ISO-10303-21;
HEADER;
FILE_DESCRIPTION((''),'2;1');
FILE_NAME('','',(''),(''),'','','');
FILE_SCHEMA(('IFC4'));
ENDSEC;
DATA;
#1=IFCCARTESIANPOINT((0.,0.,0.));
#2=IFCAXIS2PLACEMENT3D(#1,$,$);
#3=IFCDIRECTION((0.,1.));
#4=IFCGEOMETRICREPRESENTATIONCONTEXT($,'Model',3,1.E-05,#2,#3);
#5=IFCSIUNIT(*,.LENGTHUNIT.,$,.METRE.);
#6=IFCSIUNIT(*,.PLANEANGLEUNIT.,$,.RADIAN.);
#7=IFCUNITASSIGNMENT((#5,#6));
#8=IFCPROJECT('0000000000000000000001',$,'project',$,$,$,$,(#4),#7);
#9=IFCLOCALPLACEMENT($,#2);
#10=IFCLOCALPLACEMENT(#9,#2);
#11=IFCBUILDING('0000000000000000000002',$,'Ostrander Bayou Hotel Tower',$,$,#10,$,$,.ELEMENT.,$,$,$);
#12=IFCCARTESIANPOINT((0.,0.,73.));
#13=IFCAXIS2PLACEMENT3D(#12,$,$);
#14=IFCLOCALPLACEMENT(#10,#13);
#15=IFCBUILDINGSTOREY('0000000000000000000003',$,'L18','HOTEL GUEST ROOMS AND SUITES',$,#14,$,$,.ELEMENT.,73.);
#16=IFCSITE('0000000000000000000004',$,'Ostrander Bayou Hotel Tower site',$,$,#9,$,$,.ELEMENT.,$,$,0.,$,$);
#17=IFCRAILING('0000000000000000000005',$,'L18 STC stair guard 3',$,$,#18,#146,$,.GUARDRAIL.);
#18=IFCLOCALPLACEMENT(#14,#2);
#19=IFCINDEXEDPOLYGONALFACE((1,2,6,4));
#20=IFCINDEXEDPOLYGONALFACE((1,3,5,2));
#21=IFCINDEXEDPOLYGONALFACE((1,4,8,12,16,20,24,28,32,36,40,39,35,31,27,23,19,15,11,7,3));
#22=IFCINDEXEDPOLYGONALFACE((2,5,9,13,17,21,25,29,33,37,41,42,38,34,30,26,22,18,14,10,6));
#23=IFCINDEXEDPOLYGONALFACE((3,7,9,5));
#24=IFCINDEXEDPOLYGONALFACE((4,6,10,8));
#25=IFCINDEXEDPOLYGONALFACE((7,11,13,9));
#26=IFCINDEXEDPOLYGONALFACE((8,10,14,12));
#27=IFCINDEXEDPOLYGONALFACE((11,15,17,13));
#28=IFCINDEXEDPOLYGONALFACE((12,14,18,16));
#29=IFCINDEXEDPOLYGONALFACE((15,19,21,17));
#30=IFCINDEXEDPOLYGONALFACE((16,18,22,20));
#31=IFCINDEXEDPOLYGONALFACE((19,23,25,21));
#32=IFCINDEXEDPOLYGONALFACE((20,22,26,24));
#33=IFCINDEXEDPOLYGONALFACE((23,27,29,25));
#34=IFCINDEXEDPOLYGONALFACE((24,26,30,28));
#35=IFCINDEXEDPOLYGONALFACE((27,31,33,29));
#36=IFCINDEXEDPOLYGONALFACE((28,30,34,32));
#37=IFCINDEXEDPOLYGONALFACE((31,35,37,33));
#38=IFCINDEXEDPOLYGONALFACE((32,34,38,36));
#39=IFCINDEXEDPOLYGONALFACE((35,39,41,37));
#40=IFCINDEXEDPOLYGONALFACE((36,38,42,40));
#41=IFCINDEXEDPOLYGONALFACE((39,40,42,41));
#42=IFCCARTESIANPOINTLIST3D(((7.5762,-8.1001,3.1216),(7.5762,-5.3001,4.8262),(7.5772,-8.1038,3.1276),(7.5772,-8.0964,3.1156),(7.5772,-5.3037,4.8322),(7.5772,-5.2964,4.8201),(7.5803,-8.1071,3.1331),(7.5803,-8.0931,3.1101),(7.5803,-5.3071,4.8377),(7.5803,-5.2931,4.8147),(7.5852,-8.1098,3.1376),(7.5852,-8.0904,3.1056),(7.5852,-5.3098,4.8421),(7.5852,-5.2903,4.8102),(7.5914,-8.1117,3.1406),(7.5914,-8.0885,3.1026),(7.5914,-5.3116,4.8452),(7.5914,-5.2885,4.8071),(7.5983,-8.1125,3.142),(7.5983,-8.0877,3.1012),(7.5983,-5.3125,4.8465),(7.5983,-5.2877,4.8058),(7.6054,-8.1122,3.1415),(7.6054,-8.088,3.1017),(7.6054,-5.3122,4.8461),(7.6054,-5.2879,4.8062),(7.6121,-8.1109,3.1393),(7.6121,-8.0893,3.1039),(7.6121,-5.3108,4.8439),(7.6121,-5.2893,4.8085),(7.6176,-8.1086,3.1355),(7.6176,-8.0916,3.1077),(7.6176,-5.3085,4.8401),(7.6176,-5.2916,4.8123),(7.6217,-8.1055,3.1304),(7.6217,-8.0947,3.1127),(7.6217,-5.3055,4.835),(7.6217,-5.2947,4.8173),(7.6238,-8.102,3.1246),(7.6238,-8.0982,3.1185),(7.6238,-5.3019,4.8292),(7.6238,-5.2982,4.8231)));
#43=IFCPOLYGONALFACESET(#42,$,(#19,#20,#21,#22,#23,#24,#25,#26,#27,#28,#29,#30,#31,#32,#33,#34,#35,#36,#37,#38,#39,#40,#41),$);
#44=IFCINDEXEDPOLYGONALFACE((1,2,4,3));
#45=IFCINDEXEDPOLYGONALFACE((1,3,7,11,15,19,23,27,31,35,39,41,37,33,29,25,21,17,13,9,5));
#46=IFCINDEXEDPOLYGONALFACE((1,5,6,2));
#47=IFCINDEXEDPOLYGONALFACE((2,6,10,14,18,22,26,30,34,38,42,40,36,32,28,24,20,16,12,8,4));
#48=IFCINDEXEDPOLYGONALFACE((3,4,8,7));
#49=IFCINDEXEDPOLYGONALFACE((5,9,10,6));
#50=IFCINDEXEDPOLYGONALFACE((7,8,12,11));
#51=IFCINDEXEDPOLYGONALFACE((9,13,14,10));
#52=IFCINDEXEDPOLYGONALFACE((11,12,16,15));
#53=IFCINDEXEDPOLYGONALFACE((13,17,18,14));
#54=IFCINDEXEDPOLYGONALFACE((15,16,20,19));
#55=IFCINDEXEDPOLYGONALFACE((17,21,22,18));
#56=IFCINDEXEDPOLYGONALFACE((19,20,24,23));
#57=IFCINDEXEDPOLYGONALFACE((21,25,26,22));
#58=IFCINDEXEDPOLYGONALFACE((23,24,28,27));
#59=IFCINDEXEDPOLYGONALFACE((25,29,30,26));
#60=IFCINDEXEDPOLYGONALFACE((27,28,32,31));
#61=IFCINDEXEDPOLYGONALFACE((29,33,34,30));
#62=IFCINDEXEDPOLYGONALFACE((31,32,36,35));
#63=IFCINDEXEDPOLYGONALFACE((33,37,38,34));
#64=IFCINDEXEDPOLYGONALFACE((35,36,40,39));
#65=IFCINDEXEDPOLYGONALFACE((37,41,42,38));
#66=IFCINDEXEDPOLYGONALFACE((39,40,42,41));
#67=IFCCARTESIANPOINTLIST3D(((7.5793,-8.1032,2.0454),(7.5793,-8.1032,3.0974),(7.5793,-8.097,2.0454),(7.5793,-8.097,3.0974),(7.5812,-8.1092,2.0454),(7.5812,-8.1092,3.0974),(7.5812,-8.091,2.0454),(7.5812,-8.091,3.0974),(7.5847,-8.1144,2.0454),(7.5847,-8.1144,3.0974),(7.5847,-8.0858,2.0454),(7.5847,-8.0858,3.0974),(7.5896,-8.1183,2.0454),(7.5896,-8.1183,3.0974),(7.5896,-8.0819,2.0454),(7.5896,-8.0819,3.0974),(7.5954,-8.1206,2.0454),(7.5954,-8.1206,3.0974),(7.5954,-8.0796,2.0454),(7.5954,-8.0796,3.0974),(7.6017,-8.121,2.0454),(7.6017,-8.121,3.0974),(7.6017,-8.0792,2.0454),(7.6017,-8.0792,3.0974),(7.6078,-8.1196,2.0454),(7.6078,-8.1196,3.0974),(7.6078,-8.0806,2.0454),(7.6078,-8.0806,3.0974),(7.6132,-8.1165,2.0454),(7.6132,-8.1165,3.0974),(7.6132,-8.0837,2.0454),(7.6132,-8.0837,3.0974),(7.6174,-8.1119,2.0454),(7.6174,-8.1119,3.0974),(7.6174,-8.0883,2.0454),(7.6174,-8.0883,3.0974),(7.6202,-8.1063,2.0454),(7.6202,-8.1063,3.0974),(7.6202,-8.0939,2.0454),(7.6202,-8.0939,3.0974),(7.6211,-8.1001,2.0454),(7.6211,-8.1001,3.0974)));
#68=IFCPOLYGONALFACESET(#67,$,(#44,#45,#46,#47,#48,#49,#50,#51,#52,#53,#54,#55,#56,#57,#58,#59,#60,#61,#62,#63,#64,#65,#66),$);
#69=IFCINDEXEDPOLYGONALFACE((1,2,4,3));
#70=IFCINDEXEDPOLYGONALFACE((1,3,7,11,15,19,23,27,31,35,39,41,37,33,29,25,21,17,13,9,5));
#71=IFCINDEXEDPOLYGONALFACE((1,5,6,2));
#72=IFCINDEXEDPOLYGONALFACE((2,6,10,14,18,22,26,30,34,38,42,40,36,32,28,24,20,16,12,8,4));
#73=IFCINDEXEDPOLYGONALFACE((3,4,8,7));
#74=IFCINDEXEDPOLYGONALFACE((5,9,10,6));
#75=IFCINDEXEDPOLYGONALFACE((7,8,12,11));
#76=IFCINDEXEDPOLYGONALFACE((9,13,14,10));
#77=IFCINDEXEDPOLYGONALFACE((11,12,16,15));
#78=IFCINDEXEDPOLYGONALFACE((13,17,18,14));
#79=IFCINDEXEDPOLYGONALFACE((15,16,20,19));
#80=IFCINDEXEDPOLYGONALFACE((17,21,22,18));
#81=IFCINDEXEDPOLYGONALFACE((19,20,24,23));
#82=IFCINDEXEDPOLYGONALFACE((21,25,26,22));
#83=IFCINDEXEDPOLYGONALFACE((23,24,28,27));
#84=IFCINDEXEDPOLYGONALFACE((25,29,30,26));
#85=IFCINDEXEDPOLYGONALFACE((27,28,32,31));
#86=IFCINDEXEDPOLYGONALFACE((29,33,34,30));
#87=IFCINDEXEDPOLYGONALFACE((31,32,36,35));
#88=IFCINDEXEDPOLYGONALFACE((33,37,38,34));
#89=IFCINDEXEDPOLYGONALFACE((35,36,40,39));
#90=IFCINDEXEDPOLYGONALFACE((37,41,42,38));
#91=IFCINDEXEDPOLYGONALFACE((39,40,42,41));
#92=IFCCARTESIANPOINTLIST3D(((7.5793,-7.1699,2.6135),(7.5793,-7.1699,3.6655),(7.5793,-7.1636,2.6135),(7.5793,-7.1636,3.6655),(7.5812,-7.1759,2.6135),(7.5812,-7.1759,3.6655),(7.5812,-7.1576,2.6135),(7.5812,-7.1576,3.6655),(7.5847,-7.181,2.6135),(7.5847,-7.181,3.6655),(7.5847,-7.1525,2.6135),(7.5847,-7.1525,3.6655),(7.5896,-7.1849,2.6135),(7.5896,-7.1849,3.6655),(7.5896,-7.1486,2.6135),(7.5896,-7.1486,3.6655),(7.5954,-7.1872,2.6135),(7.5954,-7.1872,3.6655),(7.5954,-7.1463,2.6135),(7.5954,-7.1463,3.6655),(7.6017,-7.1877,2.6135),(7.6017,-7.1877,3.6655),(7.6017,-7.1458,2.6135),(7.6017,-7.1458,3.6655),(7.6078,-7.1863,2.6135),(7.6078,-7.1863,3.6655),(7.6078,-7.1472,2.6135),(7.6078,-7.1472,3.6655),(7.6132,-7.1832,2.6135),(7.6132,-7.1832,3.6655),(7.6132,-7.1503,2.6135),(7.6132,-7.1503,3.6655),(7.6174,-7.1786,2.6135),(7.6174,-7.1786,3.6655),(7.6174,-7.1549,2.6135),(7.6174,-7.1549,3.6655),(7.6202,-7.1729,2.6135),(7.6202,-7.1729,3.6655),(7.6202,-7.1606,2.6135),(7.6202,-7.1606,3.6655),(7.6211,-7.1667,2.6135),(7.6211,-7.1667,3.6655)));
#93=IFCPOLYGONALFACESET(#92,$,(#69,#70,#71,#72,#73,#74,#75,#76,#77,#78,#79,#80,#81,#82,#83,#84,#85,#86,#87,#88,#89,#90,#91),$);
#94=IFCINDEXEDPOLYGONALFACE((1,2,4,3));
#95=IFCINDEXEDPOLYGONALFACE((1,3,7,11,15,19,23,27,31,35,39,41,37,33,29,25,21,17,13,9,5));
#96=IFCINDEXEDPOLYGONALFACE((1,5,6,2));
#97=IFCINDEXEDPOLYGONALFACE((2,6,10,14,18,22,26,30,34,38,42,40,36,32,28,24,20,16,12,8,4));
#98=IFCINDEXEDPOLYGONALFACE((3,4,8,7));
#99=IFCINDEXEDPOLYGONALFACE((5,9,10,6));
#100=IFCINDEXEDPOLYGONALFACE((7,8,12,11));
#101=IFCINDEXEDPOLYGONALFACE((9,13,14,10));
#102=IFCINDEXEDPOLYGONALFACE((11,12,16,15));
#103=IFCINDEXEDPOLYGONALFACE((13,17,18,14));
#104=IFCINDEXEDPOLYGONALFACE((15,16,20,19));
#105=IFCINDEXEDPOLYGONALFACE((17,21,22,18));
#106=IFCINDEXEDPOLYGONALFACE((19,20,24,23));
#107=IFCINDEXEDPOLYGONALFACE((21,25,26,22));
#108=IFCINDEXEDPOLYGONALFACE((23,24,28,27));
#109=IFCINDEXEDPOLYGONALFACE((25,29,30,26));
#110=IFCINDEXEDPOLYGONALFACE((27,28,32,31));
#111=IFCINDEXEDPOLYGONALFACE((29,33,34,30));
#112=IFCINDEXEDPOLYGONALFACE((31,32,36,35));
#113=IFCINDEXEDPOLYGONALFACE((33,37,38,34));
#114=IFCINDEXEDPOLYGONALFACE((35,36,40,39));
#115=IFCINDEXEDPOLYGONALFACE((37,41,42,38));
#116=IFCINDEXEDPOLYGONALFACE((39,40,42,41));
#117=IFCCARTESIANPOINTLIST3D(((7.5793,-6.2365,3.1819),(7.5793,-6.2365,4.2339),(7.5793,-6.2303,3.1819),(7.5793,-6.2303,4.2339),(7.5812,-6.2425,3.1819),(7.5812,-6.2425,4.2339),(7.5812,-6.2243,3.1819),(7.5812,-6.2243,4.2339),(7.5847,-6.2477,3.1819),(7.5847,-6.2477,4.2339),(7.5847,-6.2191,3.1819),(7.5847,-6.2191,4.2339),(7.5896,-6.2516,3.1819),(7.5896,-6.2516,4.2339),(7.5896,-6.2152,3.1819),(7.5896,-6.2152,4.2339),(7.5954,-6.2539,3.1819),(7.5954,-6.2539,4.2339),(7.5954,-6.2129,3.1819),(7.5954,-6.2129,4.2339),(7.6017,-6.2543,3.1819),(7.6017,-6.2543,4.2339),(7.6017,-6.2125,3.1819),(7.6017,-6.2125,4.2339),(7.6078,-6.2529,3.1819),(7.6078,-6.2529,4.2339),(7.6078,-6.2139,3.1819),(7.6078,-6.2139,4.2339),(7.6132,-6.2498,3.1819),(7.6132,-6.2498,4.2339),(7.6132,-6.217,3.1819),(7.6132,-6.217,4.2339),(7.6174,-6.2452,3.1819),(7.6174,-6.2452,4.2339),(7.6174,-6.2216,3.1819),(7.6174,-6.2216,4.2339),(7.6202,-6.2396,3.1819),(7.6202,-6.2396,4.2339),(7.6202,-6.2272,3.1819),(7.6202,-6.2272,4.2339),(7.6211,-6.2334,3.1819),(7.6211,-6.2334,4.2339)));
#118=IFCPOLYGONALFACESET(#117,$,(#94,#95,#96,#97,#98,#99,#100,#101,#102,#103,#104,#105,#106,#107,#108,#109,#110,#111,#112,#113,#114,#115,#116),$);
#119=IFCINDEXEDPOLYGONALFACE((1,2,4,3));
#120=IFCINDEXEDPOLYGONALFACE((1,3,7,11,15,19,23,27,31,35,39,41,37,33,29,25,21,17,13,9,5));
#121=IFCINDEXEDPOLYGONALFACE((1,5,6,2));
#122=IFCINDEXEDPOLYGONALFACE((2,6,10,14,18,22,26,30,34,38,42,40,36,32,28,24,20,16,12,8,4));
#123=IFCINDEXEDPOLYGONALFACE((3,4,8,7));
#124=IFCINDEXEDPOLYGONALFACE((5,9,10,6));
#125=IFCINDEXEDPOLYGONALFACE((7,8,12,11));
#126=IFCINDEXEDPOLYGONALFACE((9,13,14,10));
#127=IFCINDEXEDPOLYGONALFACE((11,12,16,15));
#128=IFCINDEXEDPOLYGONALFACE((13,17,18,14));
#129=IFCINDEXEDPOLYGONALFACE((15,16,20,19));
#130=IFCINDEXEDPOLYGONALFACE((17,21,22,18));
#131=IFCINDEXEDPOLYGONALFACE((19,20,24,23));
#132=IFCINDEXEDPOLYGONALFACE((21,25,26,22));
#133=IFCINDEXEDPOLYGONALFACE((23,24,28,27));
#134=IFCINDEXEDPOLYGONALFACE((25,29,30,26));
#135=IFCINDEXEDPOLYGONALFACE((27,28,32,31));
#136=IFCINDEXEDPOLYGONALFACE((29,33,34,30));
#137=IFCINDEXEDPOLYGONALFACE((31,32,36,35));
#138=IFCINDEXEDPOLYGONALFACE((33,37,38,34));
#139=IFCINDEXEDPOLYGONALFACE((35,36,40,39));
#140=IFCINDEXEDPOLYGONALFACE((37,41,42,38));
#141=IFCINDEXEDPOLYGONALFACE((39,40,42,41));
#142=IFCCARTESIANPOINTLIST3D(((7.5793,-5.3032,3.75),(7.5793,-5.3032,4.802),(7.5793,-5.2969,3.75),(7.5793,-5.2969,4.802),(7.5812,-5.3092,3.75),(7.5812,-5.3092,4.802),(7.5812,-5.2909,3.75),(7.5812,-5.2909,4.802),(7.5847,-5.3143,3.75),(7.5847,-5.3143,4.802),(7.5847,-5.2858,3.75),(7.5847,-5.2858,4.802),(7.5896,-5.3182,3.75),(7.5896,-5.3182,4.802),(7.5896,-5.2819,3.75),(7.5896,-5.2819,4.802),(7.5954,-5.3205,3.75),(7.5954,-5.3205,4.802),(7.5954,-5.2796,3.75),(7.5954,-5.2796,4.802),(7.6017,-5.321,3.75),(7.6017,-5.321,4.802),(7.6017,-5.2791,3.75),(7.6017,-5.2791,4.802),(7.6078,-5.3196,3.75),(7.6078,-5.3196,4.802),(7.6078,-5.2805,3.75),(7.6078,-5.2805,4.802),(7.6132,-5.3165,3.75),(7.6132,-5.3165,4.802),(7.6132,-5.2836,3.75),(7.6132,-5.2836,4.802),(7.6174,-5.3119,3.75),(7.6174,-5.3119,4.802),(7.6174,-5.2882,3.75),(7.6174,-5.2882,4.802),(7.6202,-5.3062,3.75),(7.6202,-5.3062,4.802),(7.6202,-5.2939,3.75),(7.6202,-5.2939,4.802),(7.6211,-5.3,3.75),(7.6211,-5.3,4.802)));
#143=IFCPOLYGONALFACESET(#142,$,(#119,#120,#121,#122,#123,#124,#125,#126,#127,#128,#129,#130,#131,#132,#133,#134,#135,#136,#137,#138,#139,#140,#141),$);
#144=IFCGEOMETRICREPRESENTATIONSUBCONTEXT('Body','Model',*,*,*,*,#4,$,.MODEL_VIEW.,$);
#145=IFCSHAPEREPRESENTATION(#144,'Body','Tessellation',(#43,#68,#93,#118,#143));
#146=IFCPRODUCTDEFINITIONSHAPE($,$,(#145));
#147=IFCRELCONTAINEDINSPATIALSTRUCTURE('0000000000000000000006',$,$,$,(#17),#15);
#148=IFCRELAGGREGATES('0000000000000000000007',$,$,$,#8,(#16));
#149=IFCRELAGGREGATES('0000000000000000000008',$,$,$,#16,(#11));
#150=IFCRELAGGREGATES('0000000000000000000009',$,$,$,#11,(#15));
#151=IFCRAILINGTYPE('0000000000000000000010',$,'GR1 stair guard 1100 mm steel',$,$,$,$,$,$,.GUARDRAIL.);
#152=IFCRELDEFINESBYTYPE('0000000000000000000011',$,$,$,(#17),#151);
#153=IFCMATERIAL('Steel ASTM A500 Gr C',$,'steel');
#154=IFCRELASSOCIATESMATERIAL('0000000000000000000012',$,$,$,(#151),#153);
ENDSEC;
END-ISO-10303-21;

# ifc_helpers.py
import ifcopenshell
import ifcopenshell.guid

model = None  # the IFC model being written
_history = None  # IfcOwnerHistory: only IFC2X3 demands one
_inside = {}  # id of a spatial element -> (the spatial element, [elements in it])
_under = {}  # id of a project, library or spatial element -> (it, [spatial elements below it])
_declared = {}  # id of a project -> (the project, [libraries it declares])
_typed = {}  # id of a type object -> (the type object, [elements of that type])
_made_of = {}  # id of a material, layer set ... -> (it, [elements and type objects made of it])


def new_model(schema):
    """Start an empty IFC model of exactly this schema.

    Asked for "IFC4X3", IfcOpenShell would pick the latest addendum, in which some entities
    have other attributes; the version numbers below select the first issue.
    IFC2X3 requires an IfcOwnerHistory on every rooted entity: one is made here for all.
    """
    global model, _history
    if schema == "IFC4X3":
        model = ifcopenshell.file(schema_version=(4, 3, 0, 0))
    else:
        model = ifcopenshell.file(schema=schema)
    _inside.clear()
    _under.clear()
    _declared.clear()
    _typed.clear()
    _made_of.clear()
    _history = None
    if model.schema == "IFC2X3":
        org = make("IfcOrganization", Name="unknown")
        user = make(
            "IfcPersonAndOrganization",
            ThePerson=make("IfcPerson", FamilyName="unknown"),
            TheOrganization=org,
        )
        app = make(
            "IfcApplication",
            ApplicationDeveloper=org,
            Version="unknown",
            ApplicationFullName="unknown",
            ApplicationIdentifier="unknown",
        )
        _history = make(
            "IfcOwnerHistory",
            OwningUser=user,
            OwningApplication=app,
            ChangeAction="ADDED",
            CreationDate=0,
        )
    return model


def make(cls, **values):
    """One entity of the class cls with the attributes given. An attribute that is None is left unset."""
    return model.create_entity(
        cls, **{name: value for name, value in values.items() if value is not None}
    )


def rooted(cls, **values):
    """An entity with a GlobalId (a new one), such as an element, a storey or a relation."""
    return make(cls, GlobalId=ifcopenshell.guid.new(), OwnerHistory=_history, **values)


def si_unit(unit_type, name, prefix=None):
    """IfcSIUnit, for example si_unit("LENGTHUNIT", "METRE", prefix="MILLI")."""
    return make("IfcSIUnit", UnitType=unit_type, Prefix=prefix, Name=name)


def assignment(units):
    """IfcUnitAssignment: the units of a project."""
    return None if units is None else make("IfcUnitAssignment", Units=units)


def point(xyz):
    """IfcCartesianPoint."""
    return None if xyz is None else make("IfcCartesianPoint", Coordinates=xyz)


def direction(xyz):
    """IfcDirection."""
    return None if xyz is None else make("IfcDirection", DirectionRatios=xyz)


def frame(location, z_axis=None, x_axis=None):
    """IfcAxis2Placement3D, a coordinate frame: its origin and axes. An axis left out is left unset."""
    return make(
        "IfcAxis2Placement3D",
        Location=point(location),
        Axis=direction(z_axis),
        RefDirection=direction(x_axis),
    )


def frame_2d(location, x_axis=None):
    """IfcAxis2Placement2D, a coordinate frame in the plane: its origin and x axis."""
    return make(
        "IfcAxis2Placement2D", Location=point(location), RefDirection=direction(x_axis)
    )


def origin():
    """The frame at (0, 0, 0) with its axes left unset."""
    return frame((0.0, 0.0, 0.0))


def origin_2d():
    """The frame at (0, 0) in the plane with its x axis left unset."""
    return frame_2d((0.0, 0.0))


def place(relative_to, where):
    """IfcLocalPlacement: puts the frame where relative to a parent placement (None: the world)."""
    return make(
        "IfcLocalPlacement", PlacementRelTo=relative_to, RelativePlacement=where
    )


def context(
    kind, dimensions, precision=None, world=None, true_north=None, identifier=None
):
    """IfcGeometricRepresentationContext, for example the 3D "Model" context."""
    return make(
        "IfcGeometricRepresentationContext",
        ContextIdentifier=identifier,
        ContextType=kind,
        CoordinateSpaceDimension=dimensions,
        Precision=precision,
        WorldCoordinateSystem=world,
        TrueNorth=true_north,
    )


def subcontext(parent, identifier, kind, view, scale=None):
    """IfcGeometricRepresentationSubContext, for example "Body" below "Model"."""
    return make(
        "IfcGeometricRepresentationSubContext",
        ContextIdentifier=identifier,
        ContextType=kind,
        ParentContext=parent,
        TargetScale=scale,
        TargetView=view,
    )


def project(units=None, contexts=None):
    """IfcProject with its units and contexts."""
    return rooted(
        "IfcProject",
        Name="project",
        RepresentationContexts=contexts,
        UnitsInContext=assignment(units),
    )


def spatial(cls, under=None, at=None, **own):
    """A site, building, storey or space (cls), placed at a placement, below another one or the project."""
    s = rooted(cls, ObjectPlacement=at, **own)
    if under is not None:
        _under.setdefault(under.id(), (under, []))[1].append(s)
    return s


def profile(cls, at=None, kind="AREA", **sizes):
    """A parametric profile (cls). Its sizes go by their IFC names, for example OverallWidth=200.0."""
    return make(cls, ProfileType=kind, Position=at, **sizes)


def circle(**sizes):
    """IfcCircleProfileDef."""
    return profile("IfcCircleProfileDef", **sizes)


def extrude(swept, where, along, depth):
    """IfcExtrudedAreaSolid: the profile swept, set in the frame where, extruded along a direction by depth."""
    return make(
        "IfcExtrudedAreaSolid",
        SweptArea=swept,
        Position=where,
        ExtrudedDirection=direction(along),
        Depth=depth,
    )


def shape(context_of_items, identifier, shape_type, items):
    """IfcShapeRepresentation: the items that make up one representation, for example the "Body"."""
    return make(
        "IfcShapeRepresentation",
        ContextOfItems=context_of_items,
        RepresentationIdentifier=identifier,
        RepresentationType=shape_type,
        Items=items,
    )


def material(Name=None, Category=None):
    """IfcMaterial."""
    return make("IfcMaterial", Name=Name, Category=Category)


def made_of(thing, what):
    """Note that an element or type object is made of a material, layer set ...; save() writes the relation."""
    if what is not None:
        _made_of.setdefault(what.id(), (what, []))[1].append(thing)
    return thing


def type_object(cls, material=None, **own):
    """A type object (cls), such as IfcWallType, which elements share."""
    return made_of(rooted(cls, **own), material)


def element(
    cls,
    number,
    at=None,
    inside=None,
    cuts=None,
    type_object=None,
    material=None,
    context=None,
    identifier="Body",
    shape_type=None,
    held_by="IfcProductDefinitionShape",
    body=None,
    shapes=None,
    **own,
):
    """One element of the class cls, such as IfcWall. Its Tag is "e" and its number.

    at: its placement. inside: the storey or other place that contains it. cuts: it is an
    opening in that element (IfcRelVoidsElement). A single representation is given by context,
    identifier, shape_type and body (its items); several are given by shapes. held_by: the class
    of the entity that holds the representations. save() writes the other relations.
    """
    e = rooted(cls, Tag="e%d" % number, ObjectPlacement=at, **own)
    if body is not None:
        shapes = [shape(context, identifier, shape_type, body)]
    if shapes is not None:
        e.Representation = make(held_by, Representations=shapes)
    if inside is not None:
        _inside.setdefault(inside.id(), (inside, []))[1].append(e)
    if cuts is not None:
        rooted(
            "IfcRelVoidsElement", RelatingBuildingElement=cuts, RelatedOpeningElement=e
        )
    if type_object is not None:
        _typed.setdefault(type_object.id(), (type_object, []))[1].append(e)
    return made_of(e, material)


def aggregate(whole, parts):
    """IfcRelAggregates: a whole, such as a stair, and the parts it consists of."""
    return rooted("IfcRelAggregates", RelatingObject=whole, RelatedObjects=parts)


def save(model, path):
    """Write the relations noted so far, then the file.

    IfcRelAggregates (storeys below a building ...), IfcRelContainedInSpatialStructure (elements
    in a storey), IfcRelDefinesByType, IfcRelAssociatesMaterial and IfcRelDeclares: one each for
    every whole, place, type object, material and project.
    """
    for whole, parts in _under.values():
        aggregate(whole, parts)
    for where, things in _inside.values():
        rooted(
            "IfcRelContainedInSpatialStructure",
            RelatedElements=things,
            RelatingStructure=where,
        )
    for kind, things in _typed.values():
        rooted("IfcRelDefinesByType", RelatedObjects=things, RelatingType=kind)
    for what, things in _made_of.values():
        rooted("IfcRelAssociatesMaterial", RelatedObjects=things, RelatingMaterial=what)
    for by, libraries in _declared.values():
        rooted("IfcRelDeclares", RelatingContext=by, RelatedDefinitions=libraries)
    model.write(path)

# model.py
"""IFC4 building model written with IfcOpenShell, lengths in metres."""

from ifc_helpers import new_model, si_unit, direction, frame, origin, origin_2d, place, context, subcontext, project, spatial, circle, extrude, material, type_object, element, save


model = new_model("IFC4")

# Units and contexts
model_context = context("Model", 3, precision=1e-05, world=origin(), true_north=direction((0.0, 1.0)))
body_context = subcontext(model_context, "Body", "Model", "MODEL_VIEW")
ifc_project = project(units=[si_unit("LENGTHUNIT", "METRE"), si_unit("PLANEANGLEUNIT", "RADIAN")], contexts=[model_context])

# Site, building, storey
site_placement = place(None, origin())
site = spatial("IfcSite", under=ifc_project, at=site_placement, Name="Ostrander Bayou Hotel Tower site", CompositionType="ELEMENT", RefElevation=0.0)
building_placement = place(site_placement, origin())
building = spatial("IfcBuilding", under=site, at=building_placement, Name="Ostrander Bayou Hotel Tower", CompositionType="ELEMENT")
storey_placement = place(building_placement, frame((0.0, 0.0, 73.0)))
storey = spatial("IfcBuildingStorey", under=building, at=storey_placement, Name="L18", Description="HOTEL GUEST ROOMS AND SUITES", CompositionType="ELEMENT", Elevation=73.0)

# Railing
ifc_material_1 = material(Name="Steel ASTM A500 Gr C", Category="steel")
railing_type_1 = type_object("IfcRailingType", Name="GR1 stair guard 1100 mm steel", PredefinedType="GUARDRAIL", material=ifc_material_1)
railing_1_placement = place(storey_placement, frame((7.6001, -8.1001, 2.0454)))
element("IfcRailing", 1, at=railing_1_placement, inside=storey, type_object=railing_type_1, Name="L18 STC stair guard 3", PredefinedType="GUARDRAIL", context=body_context, shape_type="SweptSolid", body=[
    extrude(circle(Radius=0.0239, at=origin_2d()), frame((0.0, 0.0, 1.0762), z_axis=(0.0, 0.85417, 0.519994), x_axis=(-1.0, 0.0, 0.0)), (0.0, 0.0, 1.0), 3.2781),
    extrude(circle(Radius=0.021, at=origin_2d()), origin(), (0.0, 0.0, 1.0), 1.052),
    extrude(circle(Radius=0.021, at=origin_2d()), frame((0.0, 0.9333, 0.5681)), (0.0, 0.0, 1.0), 1.052),
    extrude(circle(Radius=0.021, at=origin_2d()), frame((0.0, 1.8667, 1.1365)), (0.0, 0.0, 1.0), 1.052),
    extrude(circle(Radius=0.021, at=origin_2d()), frame((0.0, 2.8, 1.7046)), (0.0, 0.0, 1.0), 1.052),
])

save(model, "model.ifc")
